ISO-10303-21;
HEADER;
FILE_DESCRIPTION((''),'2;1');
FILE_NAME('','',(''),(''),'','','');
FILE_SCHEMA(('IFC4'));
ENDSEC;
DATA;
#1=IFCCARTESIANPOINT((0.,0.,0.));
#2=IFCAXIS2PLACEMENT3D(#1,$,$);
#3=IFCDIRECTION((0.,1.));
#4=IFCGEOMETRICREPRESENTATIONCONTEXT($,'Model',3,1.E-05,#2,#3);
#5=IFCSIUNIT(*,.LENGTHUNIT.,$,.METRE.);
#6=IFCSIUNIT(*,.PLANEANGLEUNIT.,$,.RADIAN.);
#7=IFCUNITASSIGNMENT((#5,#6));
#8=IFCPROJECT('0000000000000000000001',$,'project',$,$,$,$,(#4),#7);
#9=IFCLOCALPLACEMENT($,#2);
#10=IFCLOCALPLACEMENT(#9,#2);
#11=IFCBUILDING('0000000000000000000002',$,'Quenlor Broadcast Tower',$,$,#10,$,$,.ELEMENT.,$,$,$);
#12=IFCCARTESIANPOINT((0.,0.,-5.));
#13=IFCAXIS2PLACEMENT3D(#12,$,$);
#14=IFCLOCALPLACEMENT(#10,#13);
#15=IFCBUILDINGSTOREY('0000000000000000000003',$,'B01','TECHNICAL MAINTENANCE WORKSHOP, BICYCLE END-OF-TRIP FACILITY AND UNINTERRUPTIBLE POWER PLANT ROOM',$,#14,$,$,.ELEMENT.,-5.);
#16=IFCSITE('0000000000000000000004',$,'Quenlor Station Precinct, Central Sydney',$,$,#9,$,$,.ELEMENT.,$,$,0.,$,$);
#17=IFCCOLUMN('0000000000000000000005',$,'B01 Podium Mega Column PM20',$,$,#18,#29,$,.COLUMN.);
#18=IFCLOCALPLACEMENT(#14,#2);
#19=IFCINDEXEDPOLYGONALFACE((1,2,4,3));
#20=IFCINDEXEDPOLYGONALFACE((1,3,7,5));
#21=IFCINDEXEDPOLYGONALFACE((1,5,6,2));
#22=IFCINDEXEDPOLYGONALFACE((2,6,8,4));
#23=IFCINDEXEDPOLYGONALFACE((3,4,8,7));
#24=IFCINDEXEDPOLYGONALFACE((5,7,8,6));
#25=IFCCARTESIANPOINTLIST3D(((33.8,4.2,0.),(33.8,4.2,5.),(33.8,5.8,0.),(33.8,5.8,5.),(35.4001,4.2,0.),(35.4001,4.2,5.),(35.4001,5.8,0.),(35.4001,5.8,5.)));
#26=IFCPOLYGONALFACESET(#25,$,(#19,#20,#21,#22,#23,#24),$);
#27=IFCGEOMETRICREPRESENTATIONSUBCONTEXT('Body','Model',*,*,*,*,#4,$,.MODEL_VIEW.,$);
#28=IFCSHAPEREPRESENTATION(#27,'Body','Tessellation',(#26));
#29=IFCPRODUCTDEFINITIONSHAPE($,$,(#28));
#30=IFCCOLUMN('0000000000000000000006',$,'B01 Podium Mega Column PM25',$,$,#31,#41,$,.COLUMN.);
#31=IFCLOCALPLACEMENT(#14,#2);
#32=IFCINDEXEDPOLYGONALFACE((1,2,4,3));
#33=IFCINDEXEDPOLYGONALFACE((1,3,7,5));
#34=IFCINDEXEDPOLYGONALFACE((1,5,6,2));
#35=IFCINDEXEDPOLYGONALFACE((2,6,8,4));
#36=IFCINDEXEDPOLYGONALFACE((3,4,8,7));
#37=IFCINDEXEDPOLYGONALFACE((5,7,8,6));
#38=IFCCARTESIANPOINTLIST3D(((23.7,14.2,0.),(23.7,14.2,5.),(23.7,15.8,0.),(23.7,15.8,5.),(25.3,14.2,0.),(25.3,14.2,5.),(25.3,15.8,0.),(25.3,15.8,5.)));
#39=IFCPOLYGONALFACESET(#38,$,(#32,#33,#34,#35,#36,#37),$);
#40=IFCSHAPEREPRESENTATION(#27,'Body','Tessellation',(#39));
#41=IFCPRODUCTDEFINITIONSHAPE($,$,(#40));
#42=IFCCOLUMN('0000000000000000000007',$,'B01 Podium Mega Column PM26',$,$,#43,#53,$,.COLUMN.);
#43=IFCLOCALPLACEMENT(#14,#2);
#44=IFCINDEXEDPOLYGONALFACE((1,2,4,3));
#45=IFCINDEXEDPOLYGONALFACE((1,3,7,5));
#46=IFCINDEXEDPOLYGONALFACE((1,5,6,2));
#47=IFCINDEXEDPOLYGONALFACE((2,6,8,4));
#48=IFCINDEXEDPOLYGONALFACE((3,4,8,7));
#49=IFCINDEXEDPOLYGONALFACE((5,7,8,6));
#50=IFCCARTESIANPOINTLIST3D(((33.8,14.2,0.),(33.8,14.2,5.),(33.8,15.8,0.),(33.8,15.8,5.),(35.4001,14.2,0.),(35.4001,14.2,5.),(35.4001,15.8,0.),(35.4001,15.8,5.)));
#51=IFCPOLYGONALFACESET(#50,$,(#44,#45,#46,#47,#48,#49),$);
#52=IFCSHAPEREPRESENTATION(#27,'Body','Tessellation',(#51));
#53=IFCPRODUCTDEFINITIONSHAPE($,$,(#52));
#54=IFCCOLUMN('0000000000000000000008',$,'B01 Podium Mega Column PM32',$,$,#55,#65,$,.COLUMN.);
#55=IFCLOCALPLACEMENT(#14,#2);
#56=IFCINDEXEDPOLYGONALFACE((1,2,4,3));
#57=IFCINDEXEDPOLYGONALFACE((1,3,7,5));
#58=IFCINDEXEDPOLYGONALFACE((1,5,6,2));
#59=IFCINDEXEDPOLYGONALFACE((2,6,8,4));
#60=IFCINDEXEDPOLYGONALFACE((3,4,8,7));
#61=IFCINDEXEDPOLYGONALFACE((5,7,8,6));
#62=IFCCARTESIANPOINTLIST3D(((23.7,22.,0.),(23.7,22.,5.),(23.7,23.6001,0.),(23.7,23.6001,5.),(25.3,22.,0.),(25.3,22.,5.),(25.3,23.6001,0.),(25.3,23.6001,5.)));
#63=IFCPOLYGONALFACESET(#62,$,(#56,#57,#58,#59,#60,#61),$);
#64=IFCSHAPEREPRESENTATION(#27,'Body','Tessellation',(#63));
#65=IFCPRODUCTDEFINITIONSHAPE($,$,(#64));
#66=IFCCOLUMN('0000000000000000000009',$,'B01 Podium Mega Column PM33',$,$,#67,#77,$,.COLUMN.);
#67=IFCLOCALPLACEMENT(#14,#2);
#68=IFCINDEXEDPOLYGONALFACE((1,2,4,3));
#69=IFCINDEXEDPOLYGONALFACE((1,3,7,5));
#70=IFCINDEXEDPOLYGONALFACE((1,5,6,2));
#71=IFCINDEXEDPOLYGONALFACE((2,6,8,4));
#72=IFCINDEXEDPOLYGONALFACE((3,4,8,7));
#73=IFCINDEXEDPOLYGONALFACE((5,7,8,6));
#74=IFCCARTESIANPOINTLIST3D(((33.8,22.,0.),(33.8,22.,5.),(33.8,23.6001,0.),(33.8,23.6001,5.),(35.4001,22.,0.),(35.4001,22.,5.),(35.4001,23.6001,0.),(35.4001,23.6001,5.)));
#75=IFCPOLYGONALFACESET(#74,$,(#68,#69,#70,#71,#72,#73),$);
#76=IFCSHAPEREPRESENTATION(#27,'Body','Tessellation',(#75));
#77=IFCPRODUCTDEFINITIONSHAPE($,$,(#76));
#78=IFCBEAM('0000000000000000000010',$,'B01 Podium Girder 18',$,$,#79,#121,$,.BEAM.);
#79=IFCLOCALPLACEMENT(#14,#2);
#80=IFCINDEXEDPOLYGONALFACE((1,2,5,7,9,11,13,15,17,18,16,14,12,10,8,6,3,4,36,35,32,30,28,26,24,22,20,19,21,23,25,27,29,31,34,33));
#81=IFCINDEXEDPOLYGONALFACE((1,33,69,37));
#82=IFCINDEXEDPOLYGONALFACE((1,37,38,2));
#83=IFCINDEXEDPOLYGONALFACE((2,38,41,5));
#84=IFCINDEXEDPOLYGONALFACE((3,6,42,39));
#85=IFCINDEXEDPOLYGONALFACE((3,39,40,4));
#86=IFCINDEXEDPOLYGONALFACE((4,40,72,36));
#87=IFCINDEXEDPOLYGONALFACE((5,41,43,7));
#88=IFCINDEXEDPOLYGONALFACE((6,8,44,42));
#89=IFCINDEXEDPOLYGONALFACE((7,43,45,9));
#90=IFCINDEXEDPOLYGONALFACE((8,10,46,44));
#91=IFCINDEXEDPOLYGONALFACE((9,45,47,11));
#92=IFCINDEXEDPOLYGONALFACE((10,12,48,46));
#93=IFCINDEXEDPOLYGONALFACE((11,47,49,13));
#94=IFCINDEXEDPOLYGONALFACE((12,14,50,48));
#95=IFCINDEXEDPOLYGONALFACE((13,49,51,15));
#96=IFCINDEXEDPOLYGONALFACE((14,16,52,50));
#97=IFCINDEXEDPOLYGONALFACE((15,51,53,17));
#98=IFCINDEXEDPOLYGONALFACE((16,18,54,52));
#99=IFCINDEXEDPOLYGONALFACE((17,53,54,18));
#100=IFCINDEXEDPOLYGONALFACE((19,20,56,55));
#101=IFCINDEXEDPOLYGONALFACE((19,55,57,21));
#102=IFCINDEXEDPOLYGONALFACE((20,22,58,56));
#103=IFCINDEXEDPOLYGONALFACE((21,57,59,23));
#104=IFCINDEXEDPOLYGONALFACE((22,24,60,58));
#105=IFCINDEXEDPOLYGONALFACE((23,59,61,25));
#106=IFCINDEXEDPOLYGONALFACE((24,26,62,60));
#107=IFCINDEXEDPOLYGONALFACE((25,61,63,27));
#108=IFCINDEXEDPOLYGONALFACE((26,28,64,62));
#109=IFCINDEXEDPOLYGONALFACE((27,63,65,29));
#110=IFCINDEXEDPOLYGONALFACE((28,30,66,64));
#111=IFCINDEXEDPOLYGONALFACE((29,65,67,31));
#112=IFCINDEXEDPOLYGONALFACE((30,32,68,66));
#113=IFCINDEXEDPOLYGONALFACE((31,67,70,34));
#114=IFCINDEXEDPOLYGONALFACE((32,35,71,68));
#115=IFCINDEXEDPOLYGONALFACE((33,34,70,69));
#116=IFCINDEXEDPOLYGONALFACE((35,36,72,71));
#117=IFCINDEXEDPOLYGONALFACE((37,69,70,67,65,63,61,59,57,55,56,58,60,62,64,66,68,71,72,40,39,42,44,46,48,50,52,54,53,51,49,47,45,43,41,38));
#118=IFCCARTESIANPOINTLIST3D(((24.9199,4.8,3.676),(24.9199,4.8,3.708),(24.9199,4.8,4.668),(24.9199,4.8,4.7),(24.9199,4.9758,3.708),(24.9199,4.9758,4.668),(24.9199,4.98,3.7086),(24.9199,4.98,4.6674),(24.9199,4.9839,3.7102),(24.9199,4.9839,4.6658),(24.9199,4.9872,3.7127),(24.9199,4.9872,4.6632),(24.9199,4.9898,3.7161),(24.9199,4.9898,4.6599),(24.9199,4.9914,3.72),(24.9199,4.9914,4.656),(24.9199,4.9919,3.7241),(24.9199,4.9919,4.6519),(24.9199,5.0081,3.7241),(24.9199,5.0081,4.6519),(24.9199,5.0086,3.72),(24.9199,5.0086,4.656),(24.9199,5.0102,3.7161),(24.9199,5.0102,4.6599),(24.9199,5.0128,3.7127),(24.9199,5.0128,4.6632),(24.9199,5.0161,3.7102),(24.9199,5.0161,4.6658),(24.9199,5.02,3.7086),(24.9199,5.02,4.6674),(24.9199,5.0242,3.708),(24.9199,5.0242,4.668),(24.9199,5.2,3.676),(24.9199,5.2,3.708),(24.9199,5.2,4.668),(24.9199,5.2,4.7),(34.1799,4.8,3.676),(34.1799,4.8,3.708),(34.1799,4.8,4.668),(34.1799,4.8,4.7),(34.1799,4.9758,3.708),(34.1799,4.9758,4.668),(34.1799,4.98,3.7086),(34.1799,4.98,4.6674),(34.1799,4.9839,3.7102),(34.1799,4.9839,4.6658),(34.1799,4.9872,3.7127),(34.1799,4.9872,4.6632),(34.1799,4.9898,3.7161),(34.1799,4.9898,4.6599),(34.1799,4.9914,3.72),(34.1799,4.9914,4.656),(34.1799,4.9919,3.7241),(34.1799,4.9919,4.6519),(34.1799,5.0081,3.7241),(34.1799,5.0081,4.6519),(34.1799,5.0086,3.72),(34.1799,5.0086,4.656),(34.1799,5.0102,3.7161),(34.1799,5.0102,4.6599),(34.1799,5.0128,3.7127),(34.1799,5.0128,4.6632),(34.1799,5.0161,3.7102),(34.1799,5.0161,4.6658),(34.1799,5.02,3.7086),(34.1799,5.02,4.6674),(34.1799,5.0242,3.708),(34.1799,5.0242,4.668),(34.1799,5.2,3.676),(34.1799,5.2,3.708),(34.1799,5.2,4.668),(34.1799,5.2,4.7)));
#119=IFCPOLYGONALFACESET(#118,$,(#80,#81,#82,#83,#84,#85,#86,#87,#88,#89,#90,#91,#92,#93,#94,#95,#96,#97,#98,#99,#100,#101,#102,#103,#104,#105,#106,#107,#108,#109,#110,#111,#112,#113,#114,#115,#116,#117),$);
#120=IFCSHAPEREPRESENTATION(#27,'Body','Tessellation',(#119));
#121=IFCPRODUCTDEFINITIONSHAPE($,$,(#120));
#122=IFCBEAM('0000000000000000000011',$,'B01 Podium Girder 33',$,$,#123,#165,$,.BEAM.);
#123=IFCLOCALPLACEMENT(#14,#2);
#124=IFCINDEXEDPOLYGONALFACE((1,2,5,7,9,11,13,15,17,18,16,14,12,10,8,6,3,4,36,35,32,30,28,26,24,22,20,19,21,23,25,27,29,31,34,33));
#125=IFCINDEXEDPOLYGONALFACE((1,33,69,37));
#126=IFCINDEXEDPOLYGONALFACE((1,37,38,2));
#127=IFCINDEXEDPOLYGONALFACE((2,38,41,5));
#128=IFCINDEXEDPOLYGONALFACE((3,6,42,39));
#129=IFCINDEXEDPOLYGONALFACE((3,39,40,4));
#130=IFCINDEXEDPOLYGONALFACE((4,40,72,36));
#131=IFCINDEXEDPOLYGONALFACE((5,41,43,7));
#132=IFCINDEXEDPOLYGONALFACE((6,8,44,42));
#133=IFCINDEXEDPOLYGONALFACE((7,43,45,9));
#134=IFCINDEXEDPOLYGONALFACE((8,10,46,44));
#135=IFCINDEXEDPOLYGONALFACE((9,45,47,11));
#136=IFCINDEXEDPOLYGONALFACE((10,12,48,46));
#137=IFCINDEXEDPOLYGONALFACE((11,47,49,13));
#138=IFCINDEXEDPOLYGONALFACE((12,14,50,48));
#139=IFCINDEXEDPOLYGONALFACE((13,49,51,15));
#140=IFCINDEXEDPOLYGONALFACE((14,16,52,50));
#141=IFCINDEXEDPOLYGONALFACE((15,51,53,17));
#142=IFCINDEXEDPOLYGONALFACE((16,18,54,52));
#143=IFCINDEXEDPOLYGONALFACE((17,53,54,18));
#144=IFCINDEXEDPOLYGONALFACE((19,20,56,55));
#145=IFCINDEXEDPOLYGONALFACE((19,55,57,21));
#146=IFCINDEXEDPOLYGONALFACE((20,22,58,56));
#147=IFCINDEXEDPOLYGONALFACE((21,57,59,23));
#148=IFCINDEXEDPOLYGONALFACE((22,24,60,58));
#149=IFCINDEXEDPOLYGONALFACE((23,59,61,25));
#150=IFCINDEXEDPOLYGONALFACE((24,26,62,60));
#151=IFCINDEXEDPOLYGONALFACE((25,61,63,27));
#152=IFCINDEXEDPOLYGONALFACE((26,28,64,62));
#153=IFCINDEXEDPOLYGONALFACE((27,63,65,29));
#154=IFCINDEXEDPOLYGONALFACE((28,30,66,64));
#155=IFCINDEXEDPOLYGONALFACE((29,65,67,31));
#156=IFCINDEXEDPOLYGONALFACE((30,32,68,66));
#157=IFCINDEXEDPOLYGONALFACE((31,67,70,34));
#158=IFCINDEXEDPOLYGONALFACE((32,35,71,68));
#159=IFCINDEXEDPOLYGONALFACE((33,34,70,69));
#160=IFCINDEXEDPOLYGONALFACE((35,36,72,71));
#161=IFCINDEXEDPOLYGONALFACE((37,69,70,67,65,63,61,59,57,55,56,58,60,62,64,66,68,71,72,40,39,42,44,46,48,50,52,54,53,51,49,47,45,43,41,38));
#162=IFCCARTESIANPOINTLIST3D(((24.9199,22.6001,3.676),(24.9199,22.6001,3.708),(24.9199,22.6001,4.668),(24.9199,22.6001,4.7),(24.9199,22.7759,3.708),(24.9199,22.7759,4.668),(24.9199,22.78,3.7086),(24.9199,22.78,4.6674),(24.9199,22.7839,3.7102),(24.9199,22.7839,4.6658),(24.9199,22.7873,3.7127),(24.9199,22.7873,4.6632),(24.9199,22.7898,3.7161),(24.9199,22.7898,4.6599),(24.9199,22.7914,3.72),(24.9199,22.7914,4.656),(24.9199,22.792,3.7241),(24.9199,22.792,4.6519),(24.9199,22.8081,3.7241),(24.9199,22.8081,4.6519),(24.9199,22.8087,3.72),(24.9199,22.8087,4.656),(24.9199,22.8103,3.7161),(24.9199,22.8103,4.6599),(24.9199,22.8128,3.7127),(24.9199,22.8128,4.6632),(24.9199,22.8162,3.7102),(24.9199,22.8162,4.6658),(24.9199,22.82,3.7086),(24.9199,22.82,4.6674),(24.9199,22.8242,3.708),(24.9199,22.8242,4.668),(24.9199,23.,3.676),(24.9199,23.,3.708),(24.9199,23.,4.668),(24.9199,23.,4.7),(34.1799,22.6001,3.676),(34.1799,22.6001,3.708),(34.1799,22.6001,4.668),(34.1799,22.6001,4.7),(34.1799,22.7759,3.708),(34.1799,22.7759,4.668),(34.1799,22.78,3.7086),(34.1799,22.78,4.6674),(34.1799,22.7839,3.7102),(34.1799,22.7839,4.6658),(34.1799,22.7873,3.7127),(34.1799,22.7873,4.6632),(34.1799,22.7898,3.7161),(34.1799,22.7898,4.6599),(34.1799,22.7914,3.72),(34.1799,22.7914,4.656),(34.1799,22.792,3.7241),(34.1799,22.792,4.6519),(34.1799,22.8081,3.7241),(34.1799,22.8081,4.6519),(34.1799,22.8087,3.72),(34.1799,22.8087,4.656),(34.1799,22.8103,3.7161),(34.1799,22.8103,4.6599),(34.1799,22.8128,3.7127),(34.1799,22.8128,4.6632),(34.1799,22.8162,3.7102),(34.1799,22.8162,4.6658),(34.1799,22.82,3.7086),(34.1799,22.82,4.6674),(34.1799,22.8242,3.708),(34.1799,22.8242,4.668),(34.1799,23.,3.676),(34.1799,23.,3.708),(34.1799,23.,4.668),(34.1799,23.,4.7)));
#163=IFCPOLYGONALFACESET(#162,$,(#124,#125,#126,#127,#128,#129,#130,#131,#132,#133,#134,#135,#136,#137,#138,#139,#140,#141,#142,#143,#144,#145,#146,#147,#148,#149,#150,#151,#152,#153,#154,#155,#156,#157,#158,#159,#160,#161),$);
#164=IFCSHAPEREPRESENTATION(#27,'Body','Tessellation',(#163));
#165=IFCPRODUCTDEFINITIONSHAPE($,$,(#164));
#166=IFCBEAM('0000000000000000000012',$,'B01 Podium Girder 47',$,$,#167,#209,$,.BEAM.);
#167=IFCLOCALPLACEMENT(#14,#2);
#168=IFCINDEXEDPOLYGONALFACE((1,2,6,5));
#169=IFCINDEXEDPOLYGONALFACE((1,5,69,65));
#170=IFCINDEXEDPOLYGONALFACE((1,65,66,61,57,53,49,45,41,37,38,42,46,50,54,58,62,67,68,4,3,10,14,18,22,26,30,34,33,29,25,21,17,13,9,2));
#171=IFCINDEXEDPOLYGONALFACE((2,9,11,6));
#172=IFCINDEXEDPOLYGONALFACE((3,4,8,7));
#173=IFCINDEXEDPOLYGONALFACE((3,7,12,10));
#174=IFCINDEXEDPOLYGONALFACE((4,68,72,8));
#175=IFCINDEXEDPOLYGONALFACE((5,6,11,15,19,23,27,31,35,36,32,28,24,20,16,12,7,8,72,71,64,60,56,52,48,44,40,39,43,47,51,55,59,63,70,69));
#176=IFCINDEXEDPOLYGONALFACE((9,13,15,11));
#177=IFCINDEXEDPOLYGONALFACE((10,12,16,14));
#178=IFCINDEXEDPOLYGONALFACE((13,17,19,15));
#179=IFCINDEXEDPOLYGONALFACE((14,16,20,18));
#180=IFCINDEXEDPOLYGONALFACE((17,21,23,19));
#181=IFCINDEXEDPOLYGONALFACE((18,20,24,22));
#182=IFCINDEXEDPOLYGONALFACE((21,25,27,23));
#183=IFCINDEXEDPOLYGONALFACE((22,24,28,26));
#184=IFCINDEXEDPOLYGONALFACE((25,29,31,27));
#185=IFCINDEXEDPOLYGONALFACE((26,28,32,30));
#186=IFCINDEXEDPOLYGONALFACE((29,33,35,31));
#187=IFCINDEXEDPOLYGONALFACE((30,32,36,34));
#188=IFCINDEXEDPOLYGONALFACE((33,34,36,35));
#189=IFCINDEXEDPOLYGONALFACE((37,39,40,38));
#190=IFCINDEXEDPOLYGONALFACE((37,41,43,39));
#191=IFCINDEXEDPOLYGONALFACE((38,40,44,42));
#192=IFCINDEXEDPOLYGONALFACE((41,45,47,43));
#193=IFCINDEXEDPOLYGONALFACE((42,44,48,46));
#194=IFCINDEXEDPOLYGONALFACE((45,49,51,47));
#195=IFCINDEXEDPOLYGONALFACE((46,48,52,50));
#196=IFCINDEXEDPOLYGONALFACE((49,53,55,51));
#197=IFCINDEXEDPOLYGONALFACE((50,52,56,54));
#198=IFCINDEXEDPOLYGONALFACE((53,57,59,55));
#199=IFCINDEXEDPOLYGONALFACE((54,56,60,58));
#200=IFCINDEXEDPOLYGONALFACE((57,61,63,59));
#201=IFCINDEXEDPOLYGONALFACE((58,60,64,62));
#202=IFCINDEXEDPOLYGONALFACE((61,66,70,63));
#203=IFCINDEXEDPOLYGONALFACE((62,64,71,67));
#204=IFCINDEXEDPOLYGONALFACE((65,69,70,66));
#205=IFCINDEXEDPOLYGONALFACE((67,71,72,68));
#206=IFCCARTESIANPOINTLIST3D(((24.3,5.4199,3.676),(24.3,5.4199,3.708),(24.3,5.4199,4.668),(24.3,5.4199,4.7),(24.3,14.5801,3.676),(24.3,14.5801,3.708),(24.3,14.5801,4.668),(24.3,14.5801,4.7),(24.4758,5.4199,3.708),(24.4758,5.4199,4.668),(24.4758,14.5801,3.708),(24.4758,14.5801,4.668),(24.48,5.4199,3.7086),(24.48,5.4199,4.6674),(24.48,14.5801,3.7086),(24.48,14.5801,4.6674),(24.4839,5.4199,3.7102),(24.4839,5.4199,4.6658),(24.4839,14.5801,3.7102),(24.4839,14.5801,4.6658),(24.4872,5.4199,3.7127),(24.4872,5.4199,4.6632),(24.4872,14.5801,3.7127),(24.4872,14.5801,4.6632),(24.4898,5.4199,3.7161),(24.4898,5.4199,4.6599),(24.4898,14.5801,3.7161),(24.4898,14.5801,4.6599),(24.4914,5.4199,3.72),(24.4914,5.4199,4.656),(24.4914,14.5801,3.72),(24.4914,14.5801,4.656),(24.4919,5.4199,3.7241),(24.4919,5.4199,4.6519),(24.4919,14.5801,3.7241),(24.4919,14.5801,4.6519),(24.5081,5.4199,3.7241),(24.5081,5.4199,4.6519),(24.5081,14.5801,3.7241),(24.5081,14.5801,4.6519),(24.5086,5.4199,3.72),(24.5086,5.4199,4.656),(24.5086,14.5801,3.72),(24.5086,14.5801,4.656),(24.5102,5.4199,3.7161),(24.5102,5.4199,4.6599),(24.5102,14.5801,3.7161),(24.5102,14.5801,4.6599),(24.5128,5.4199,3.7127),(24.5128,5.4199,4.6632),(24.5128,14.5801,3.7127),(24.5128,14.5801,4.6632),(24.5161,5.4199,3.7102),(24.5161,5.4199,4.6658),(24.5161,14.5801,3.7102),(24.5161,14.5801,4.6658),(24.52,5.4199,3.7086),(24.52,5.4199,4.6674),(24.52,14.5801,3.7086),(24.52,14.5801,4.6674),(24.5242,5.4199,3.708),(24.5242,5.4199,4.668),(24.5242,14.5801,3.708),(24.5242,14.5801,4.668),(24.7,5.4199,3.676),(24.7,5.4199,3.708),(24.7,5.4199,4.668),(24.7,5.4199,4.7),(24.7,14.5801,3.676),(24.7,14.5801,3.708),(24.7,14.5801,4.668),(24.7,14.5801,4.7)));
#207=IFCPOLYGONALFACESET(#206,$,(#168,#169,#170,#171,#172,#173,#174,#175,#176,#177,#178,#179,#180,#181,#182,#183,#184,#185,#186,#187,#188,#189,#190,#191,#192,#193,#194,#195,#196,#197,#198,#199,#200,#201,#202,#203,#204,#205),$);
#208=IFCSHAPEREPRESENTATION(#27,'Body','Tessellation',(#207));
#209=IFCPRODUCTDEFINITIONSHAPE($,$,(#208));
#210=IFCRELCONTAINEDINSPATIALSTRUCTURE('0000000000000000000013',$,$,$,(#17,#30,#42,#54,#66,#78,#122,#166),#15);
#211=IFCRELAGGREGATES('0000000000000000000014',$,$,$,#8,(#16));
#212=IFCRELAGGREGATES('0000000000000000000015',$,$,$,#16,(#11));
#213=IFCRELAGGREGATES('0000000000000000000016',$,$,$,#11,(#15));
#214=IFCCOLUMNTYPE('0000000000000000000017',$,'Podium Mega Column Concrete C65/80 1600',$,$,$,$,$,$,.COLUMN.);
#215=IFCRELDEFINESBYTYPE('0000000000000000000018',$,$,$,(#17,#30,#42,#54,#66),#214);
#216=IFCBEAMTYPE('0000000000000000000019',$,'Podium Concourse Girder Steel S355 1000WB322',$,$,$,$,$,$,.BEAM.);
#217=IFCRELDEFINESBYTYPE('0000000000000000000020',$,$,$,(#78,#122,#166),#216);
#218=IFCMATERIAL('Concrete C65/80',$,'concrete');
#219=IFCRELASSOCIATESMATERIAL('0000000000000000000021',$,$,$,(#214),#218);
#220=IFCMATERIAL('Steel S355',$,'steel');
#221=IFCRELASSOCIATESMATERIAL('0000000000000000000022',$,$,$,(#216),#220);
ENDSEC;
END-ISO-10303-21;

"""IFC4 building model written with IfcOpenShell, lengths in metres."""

from ifc_helpers import new_model, si_unit, direction, frame, origin, origin_2d, place, context, subcontext, project, spatial, rectangle, i_section, extrude, material, material_profile, profile_set, type_object, element, save


model = new_model("IFC4")

# Units and contexts
model_context = context("Model", 3, precision=1e-05, world=origin(), true_north=direction((0.0, 1.0)))
body_context = subcontext(model_context, "Body", "Model", "MODEL_VIEW")
ifc_project = project(units=[si_unit("LENGTHUNIT", "METRE"), si_unit("PLANEANGLEUNIT", "RADIAN")], contexts=[model_context])

# Site, building, storey
site_placement = place(None, origin())
site = spatial("IfcSite", under=ifc_project, at=site_placement, Name="Quenlor Station Precinct, Central Sydney", CompositionType="ELEMENT", RefElevation=0.0)
building_placement = place(site_placement, origin())
building = spatial("IfcBuilding", under=site, at=building_placement, Name="Quenlor Broadcast Tower", CompositionType="ELEMENT")
storey_placement = place(building_placement, frame((0.0, 0.0, -5.0)))
storey = spatial("IfcBuildingStorey", under=building, at=storey_placement, Name="B01", Description="TECHNICAL MAINTENANCE WORKSHOP, BICYCLE END-OF-TRIP FACILITY AND UNINTERRUPTIBLE POWER PLANT ROOM", CompositionType="ELEMENT", Elevation=-5.0)

# Columns
ifc_material_1 = material(Name="Concrete C65/80", Category="concrete")
ifc_material_profile_1 = material_profile(ifc_material_1, rectangle(XDim=1.6001, YDim=1.6001, at=origin_2d()))
ifc_profile_set_1 = profile_set([ifc_material_profile_1], Name="Concrete C65/80 RC1600x1600")
column_type = type_object("IfcColumnType", Name="Podium Mega Column Concrete C65/80 1600", PredefinedType="COLUMN", material=ifc_profile_set_1)
for number, where, z_axis, x_axis, name in (
    (1, (34.6001, 5.0, 0.0), (0.0, 0.0, 1.0), (1.0, 0.0, 0.0), "B01 Podium Mega Column PM20"),
    (2, (24.5, 15.0, 0.0), (0.0, 0.0, 1.0), (1.0, 0.0, 0.0), "B01 Podium Mega Column PM25"),
    (3, (34.6001, 15.0, 0.0), (0.0, 0.0, 1.0), (1.0, 0.0, 0.0), "B01 Podium Mega Column PM26"),
    (4, (24.5, 22.8, 0.0), (0.0, 0.0, 1.0), (1.0, 0.0, 0.0), "B01 Podium Mega Column PM32"),
    (5, (34.6001, 22.8, 0.0), (0.0, 0.0, 1.0), (1.0, 0.0, 0.0), "B01 Podium Mega Column PM33"),
):
    element("IfcColumn", number, at=place(storey_placement, frame(where, z_axis=z_axis, x_axis=x_axis)), inside=storey, type_object=column_type, Name=name, PredefinedType="COLUMN", context=body_context, shape_type="SweptSolid", body=[
        extrude(rectangle(XDim=1.6001, YDim=1.6001, at=origin_2d()), origin(), (0.0, 0.0, 1.0), 5.0),
    ])

# Beams
ifc_material_2 = material(Name="Steel S355", Category="steel")
ifc_material_profile_2 = material_profile(ifc_material_2, i_section(OverallWidth=0.3999, OverallDepth=1.0239, WebThickness=0.0161, FlangeThickness=0.032, FilletRadius=0.0161, at=origin_2d()))
ifc_profile_set_2 = profile_set([ifc_material_profile_2], Name="Steel S355 1000WB322")
beam_type_1 = type_object("IfcBeamType", Name="Podium Concourse Girder Steel S355 1000WB322", PredefinedType="BEAM", material=ifc_profile_set_2)
for number, where, z_axis, x_axis, name in (
    (6, (24.9199, 5.0, 4.188), (1.0, 0.0, 0.0), (0.0, 1.0, 0.0), "B01 Podium Girder 18"),
    (7, (24.9199, 22.8, 4.188), (1.0, 0.0, 0.0), (0.0, 1.0, 0.0), "B01 Podium Girder 33"),
):
    element("IfcBeam", number, at=place(storey_placement, frame(where, z_axis=z_axis, x_axis=x_axis)), inside=storey, type_object=beam_type_1, Name=name, PredefinedType="BEAM", context=body_context, shape_type="SweptSolid", body=[
        extrude(i_section(OverallWidth=0.3999, OverallDepth=1.0239, WebThickness=0.0161, FlangeThickness=0.032, FilletRadius=0.0161, at=origin_2d()), origin(), (0.0, 0.0, 1.0), 9.26),
    ])
beam_1_placement = place(storey_placement, frame((24.5, 5.4199, 4.188), z_axis=(0.0, 1.0, 0.0), x_axis=(-1.0, 0.0, 0.0)))
element("IfcBeam", 8, at=beam_1_placement, inside=storey, type_object=beam_type_1, Name="B01 Podium Girder 47", PredefinedType="BEAM", context=body_context, shape_type="SweptSolid", body=[
    extrude(i_section(OverallWidth=0.3999, OverallDepth=1.0239, WebThickness=0.0161, FlangeThickness=0.032, FilletRadius=0.0161, at=origin_2d()), origin(), (0.0, 0.0, 1.0), 9.1602),
])

save(model, "model.ifc")
